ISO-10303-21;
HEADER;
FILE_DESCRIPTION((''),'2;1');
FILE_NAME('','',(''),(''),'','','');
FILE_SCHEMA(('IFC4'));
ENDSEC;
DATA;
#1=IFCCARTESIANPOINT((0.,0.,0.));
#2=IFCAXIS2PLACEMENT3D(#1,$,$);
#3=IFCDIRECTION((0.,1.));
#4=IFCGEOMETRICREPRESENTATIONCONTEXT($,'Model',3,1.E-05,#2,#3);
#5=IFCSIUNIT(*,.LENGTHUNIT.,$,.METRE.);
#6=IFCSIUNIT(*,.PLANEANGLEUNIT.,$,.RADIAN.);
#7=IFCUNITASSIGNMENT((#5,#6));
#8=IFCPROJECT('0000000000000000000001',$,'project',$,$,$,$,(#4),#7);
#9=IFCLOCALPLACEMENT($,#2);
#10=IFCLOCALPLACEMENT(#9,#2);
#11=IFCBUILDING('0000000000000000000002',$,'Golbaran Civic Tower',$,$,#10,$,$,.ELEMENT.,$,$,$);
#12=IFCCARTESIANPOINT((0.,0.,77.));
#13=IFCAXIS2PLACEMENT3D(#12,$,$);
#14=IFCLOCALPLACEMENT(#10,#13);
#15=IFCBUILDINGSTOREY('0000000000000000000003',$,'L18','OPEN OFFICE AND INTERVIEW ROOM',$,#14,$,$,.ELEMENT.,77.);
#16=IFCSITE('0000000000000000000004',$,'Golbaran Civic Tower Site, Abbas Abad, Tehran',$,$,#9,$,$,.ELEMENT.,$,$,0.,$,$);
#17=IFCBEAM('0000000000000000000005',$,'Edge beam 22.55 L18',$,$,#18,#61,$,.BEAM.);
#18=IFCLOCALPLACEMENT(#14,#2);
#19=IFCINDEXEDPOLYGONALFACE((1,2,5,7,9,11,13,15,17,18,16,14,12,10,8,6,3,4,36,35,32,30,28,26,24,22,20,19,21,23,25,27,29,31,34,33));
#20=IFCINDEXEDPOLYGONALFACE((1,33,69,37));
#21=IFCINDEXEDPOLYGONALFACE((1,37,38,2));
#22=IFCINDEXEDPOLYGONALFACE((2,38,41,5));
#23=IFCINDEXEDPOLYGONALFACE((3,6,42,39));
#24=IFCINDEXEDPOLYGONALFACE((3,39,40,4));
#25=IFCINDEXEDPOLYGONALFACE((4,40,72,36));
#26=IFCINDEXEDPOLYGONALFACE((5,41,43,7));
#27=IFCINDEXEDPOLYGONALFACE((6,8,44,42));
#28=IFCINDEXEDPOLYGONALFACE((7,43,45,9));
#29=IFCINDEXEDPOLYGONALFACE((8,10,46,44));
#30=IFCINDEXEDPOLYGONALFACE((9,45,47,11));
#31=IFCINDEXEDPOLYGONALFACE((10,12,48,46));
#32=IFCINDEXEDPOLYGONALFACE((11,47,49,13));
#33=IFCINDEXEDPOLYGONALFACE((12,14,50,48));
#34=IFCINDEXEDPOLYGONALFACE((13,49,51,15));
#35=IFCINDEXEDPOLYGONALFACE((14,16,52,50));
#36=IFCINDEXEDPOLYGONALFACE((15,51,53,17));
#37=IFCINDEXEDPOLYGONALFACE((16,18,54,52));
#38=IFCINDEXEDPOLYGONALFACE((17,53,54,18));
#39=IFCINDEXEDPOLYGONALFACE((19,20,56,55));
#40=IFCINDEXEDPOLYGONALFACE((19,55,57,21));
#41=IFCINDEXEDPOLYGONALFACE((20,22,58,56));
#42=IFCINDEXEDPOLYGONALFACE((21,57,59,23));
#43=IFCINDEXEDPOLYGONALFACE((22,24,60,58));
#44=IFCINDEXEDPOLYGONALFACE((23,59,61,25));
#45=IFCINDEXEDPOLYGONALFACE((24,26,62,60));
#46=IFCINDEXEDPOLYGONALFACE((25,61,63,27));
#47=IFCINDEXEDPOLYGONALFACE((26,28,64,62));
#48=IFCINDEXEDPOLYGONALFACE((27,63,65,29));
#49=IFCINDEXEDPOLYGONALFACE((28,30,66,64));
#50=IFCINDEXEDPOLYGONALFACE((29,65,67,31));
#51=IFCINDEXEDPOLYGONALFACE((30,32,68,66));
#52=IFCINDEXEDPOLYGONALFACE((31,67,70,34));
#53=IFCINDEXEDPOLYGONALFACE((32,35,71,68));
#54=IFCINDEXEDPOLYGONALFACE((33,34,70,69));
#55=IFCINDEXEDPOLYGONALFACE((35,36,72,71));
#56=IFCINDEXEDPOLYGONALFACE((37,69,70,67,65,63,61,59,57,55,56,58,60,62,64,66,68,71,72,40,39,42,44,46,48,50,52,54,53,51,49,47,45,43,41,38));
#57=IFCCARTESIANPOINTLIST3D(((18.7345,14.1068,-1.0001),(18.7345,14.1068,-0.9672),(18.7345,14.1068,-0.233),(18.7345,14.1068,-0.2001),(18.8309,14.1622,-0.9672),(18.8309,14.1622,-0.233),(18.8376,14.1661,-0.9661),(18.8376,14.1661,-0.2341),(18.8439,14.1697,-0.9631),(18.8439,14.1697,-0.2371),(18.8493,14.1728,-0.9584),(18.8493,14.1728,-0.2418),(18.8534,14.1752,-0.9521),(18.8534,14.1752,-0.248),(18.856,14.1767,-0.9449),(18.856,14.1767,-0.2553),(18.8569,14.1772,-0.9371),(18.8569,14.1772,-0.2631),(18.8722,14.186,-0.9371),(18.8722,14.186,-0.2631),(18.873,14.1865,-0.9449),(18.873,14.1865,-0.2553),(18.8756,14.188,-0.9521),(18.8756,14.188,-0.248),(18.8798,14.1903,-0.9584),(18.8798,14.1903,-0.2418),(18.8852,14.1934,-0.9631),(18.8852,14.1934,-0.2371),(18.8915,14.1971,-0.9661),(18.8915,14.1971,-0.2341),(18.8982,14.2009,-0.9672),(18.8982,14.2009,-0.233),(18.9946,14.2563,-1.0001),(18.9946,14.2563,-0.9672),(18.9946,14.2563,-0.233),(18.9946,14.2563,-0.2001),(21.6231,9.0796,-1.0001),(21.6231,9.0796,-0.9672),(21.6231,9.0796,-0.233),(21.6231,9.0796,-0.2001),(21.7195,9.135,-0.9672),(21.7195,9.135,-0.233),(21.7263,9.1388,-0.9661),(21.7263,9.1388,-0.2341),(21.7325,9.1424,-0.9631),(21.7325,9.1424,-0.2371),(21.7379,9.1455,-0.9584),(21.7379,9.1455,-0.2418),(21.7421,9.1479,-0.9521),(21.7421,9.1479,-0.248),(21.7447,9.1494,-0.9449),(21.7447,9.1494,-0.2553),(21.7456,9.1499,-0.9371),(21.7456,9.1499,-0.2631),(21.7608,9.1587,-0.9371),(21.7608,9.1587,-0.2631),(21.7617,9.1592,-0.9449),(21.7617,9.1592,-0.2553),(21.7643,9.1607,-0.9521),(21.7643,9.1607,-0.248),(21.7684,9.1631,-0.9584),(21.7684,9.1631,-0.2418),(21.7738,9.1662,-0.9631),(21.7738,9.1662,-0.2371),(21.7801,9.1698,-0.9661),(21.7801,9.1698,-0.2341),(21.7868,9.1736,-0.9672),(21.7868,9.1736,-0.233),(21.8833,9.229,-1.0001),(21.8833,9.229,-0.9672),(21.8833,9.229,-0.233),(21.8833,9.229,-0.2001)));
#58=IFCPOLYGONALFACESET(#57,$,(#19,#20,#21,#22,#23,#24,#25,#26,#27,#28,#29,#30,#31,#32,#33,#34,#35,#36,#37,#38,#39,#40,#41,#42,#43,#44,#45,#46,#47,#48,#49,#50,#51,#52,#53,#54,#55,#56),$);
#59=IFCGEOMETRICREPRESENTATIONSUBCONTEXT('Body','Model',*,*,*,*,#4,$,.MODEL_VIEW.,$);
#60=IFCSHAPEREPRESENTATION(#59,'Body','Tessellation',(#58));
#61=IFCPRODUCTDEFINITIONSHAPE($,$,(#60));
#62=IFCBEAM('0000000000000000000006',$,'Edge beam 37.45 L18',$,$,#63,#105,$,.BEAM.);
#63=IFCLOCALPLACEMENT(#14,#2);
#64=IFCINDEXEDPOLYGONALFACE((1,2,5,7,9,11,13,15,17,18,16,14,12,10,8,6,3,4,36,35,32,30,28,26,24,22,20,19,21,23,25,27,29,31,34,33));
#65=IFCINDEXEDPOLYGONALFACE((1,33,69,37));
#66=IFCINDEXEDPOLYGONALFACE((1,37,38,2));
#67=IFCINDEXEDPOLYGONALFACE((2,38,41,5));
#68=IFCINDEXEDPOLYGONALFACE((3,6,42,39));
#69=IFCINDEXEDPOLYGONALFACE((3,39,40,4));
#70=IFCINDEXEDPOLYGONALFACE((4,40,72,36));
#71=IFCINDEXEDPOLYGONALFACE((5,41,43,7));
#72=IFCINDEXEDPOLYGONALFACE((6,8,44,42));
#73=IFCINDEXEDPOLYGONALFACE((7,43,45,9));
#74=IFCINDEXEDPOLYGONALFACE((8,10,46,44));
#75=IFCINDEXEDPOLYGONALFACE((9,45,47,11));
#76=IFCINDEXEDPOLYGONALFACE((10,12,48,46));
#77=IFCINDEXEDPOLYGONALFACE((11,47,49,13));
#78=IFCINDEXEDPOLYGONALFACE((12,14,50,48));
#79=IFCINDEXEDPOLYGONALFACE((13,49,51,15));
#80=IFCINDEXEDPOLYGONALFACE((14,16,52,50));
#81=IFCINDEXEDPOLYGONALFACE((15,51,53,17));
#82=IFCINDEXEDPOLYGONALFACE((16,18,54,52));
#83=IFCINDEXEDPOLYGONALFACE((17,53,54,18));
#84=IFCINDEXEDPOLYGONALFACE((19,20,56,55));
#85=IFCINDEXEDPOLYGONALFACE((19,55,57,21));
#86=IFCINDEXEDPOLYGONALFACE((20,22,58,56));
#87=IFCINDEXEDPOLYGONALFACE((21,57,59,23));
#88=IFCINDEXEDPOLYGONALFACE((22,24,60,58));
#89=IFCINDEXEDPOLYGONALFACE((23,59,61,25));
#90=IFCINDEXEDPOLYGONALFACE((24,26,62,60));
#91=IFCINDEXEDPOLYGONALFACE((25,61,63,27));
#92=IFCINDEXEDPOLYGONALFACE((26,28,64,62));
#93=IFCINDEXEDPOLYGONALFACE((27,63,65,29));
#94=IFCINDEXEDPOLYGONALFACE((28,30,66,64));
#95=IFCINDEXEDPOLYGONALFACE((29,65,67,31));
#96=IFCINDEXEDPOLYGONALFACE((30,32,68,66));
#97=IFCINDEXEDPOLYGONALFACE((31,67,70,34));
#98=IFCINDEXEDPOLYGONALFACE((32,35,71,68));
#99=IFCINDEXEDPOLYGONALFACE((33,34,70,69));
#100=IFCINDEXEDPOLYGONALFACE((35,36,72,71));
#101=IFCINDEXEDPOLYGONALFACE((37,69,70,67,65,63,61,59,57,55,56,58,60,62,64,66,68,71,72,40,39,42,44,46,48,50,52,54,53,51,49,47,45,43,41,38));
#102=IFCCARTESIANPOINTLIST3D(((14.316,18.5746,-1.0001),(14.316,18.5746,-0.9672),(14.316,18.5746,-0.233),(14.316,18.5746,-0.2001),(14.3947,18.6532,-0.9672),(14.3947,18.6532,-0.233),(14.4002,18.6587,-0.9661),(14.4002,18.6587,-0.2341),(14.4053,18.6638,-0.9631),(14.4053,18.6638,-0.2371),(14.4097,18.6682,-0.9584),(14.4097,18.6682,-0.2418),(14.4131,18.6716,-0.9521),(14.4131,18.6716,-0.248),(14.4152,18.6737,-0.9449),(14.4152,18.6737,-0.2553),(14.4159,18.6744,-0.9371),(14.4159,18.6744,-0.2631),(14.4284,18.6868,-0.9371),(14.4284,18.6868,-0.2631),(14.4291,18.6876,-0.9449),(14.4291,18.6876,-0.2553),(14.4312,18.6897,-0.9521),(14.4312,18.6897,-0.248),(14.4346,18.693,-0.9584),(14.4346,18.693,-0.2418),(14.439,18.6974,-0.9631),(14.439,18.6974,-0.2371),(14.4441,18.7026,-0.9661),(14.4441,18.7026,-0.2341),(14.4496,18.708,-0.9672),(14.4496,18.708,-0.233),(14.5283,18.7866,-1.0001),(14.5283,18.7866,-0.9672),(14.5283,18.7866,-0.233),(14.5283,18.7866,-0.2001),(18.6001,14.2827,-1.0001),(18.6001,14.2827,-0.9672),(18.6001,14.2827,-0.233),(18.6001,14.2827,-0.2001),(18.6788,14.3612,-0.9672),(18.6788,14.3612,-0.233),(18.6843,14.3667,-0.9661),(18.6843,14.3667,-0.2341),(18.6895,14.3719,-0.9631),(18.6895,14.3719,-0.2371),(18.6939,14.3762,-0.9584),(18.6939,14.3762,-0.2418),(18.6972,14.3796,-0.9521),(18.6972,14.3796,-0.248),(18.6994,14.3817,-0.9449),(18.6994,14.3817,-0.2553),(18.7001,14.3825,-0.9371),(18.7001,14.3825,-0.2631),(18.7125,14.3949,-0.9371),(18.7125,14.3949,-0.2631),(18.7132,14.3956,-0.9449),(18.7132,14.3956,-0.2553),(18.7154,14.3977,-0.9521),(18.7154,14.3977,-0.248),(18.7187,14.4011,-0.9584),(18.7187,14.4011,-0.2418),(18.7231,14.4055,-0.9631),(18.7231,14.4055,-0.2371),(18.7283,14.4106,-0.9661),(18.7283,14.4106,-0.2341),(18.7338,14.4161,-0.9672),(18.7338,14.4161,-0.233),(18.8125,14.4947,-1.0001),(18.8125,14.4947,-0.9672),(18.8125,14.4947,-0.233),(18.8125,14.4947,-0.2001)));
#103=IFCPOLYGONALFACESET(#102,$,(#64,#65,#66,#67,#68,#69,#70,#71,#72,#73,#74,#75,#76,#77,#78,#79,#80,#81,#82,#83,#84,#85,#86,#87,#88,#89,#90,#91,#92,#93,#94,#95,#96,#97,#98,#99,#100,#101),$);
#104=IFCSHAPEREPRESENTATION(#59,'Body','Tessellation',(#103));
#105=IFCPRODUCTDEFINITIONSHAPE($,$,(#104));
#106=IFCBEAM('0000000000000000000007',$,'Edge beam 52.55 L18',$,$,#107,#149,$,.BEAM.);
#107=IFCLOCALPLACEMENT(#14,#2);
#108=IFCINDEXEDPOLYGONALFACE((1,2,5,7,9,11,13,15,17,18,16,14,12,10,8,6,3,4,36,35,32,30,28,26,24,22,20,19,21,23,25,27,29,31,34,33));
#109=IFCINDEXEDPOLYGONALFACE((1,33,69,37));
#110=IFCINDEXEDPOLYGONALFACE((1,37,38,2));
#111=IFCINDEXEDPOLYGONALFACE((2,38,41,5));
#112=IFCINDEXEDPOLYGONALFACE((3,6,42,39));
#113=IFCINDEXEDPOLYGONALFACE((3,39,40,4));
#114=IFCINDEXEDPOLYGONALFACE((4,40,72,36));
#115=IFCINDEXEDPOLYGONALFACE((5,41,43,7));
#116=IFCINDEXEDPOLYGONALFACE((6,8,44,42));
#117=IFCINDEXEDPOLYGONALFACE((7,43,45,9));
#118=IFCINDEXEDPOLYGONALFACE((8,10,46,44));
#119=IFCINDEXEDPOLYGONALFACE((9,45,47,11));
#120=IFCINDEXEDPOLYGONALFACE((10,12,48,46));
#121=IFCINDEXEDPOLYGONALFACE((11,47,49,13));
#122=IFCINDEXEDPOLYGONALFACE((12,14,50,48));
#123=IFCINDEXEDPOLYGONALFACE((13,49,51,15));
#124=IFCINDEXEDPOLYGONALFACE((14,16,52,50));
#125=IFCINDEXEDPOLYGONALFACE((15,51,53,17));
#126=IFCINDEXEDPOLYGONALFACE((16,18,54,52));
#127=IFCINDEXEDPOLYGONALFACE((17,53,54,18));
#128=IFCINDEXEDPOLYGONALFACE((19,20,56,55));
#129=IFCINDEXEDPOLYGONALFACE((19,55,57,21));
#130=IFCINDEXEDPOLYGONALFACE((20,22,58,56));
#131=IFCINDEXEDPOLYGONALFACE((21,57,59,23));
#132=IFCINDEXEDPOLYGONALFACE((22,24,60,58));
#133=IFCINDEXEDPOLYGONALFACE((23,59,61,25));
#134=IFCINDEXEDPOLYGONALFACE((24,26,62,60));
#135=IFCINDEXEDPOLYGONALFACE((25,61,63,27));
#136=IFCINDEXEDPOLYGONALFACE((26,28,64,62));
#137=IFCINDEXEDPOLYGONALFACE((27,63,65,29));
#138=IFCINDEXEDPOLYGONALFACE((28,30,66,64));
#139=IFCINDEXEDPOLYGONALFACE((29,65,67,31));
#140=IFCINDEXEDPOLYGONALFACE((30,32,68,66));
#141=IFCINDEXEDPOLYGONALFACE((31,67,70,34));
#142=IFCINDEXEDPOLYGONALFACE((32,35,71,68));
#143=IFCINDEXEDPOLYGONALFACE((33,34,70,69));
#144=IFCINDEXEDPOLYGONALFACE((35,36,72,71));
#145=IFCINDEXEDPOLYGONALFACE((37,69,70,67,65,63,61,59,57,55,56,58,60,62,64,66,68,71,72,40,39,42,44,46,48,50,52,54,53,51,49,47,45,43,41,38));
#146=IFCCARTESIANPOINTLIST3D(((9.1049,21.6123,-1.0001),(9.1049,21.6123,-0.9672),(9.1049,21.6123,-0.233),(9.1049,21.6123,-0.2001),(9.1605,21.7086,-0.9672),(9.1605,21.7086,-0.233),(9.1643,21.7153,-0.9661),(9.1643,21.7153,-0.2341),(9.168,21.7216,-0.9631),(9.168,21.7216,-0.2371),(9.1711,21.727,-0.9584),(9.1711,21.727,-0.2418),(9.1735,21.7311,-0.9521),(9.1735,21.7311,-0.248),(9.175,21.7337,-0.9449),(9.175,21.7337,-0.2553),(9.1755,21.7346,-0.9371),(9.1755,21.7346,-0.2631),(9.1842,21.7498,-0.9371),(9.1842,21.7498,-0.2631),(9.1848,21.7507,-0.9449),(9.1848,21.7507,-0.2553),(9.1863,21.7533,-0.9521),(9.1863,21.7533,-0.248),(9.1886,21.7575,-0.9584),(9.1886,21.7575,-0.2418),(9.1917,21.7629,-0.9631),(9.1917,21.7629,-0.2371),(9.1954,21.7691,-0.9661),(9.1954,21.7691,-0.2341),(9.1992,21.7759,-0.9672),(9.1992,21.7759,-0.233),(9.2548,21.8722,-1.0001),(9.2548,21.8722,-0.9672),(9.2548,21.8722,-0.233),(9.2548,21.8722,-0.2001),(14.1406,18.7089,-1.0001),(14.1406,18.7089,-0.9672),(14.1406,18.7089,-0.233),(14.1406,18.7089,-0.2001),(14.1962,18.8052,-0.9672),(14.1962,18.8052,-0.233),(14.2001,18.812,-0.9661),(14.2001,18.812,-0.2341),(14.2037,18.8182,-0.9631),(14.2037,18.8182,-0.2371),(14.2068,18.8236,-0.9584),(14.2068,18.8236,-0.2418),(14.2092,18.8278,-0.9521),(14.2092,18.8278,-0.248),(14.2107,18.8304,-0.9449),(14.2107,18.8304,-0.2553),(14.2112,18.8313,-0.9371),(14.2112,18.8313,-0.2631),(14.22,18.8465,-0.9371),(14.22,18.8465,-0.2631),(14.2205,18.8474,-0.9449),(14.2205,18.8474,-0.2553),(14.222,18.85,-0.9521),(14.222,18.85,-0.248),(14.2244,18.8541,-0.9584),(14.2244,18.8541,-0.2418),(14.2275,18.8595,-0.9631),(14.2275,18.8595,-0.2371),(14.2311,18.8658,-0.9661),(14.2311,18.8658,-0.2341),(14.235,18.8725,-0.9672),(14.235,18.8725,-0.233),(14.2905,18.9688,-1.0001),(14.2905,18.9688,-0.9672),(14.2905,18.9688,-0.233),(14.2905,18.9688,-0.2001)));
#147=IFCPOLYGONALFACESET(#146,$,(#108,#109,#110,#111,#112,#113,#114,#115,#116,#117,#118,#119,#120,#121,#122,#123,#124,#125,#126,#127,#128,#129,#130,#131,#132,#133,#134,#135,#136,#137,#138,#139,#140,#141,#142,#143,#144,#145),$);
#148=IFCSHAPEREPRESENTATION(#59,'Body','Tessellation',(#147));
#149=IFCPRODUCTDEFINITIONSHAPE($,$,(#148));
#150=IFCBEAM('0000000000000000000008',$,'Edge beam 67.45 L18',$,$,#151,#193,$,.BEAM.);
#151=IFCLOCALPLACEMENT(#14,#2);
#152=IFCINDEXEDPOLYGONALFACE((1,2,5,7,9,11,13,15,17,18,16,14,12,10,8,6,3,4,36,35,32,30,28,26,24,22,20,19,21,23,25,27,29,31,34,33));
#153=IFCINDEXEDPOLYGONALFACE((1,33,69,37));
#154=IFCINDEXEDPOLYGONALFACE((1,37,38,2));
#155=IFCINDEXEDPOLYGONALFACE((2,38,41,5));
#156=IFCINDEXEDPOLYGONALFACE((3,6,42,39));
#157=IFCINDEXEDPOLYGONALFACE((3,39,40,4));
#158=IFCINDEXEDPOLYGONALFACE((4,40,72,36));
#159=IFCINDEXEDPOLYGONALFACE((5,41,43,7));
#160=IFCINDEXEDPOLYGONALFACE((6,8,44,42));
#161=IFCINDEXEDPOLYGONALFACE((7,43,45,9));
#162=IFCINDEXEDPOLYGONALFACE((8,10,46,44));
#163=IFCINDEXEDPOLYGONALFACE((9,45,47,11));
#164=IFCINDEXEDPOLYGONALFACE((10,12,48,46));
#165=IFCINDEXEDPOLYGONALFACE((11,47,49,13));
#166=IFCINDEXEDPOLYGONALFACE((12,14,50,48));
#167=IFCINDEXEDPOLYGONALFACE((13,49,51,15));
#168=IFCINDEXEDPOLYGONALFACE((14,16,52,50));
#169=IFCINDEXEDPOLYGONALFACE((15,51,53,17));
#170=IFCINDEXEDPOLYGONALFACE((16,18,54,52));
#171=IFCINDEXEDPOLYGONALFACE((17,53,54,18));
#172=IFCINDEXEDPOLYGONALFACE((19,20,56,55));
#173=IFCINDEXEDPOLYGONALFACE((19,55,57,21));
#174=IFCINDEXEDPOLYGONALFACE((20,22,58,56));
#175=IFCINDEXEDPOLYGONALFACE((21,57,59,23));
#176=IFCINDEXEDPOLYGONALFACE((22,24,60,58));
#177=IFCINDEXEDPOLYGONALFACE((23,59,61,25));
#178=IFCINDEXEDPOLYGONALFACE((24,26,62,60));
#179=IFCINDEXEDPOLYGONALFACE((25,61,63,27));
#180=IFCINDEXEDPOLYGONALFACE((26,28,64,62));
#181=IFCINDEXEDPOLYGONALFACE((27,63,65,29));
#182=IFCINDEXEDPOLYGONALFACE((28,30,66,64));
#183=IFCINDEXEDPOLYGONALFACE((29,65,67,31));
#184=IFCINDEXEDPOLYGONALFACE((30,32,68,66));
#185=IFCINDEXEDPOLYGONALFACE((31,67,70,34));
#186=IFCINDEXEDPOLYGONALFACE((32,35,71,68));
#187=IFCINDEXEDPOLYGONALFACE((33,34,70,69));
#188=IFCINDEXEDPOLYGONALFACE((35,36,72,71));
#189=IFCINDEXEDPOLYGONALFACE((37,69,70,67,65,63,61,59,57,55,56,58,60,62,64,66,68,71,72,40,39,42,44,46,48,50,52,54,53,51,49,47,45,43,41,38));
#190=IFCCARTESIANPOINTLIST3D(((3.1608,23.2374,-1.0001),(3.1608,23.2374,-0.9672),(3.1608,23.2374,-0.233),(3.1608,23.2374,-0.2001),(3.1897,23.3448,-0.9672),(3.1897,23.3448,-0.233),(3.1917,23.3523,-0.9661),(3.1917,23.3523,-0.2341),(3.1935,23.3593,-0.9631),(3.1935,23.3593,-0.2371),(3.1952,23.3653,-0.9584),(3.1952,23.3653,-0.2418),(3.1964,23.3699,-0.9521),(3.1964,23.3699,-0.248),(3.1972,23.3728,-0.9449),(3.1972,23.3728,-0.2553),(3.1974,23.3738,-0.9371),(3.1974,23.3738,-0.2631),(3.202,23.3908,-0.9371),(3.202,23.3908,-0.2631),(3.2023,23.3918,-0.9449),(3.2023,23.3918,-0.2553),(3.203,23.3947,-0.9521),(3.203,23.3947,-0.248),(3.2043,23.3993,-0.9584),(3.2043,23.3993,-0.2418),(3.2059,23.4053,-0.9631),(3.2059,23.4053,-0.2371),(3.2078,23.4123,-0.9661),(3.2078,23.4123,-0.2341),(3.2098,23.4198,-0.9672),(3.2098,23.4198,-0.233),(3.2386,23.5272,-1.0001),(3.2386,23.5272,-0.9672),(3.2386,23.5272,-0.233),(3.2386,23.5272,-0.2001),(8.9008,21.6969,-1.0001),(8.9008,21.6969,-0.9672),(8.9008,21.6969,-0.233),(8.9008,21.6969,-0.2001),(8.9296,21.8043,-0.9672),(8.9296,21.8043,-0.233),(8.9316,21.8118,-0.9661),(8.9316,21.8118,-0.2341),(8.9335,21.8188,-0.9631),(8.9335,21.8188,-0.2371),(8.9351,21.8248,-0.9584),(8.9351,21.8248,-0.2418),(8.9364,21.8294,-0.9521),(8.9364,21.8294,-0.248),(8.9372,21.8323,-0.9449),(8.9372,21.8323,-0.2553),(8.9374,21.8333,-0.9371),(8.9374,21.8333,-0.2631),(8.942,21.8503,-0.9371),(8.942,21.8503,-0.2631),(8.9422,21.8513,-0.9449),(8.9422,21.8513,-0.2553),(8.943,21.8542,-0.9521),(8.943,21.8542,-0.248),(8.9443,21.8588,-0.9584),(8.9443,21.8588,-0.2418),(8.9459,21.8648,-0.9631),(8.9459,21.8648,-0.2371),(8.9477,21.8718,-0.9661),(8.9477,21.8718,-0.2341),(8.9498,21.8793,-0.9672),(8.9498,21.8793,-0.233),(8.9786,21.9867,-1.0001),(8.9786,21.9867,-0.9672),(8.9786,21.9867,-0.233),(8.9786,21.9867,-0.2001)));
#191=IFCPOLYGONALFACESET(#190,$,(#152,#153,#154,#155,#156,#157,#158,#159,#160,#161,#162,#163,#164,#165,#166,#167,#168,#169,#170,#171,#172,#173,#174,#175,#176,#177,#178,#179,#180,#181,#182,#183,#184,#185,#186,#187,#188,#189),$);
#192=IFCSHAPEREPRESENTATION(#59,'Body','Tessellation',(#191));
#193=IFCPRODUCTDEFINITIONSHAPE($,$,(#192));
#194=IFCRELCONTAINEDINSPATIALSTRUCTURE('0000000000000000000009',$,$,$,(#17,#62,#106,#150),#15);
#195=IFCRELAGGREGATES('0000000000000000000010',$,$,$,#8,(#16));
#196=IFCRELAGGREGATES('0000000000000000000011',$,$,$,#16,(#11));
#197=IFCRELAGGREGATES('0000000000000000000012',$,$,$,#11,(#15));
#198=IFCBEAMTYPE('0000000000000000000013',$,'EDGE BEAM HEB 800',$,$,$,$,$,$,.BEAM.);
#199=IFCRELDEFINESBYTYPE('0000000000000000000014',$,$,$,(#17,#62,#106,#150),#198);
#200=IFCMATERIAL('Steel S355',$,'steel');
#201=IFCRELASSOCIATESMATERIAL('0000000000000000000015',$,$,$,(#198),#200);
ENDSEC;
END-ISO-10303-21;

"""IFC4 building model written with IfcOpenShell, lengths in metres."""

from ifc_helpers import new_model, si_unit, direction, frame, origin, origin_2d, place, context, subcontext, project, spatial, i_section, extrude, material, material_profile, profile_set, type_object, element, save


model = new_model("IFC4")

# Units and contexts
model_context = context("Model", 3, precision=1e-05, world=origin(), true_north=direction((0.0, 1.0)))
body_context = subcontext(model_context, "Body", "Model", "MODEL_VIEW")
ifc_project = project(units=[si_unit("LENGTHUNIT", "METRE"), si_unit("PLANEANGLEUNIT", "RADIAN")], contexts=[model_context])

# Site, building, storey
site_placement = place(None, origin())
site = spatial("IfcSite", under=ifc_project, at=site_placement, Name="Golbaran Civic Tower Site, Abbas Abad, Tehran", CompositionType="ELEMENT", RefElevation=0.0)
building_placement = place(site_placement, origin())
building = spatial("IfcBuilding", under=site, at=building_placement, Name="Golbaran Civic Tower", CompositionType="ELEMENT")
storey_placement = place(building_placement, frame((0.0, 0.0, 77.0)))
storey = spatial("IfcBuildingStorey", under=building, at=storey_placement, Name="L18", Description="OPEN OFFICE AND INTERVIEW ROOM", CompositionType="ELEMENT", Elevation=77.0)

# Beams
ifc_material_1 = material(Name="Steel S355", Category="steel")
ifc_material_profile_1 = material_profile(ifc_material_1, i_section(OverallWidth=0.3, OverallDepth=0.8, WebThickness=0.0176, FlangeThickness=0.033, FilletRadius=0.03, at=origin_2d()), Name="HEB 800")
ifc_profile_set_1 = profile_set([ifc_material_profile_1], Name="Steel S355")
beam_type_1 = type_object("IfcBeamType", Name="EDGE BEAM HEB 800", PredefinedType="BEAM", material=ifc_profile_set_1)
beam_1_placement = place(storey_placement, frame((21.7532, 9.1543, -0.6001), z_axis=(-0.498205, 0.867059, 0.0), x_axis=(-0.867059, -0.498205, 0.0)))
element("IfcBeam", 1, at=beam_1_placement, inside=storey, type_object=beam_type_1, Name="Edge beam 22.55 L18", PredefinedType="BEAM", context=body_context, shape_type="SweptSolid", body=[
    extrude(i_section(OverallWidth=0.3, OverallDepth=0.8, WebThickness=0.0176, FlangeThickness=0.033, FilletRadius=0.03, at=origin_2d()), origin(), (0.0, 0.0, 1.0), 5.7981),
])
beam_2_placement = place(storey_placement, frame((18.7063, 14.3887, -0.6001), z_axis=(-0.706462, 0.707751, 0.0), x_axis=(-0.707751, -0.706462, 0.0)))
element("IfcBeam", 2, at=beam_2_placement, inside=storey, type_object=beam_type_1, Name="Edge beam 37.45 L18", PredefinedType="BEAM", context=body_context, shape_type="SweptSolid", body=[
    extrude(i_section(OverallWidth=0.3, OverallDepth=0.8, WebThickness=0.0176, FlangeThickness=0.033, FilletRadius=0.03, at=origin_2d()), origin(), (0.0, 0.0, 1.0), 6.0642),
])
beam_3_placement = place(storey_placement, frame((14.2156, 18.8389, -0.6001), z_axis=(-0.866324, 0.499482, 0.0), x_axis=(-0.499482, -0.866324, 0.0)))
element("IfcBeam", 3, at=beam_3_placement, inside=storey, type_object=beam_type_1, Name="Edge beam 52.55 L18", PredefinedType="BEAM", context=body_context, shape_type="SweptSolid", body=[
    extrude(i_section(OverallWidth=0.3, OverallDepth=0.8, WebThickness=0.0176, FlangeThickness=0.033, FilletRadius=0.03, at=origin_2d()), origin(), (0.0, 0.0, 1.0), 5.8127),
])
beam_4_placement = place(storey_placement, frame((8.9397, 21.8418, -0.6001), z_axis=(-0.965821, 0.259212, 0.0), x_axis=(-0.259212, -0.965821, 0.0)))
element("IfcBeam", 4, at=beam_4_placement, inside=storey, type_object=beam_type_1, Name="Edge beam 67.45 L18", PredefinedType="BEAM", context=body_context, shape_type="SweptSolid", body=[
    extrude(i_section(OverallWidth=0.3, OverallDepth=0.8, WebThickness=0.0176, FlangeThickness=0.033, FilletRadius=0.03, at=origin_2d()), origin(), (0.0, 0.0, 1.0), 5.9431),
])

save(model, "model.ifc")
